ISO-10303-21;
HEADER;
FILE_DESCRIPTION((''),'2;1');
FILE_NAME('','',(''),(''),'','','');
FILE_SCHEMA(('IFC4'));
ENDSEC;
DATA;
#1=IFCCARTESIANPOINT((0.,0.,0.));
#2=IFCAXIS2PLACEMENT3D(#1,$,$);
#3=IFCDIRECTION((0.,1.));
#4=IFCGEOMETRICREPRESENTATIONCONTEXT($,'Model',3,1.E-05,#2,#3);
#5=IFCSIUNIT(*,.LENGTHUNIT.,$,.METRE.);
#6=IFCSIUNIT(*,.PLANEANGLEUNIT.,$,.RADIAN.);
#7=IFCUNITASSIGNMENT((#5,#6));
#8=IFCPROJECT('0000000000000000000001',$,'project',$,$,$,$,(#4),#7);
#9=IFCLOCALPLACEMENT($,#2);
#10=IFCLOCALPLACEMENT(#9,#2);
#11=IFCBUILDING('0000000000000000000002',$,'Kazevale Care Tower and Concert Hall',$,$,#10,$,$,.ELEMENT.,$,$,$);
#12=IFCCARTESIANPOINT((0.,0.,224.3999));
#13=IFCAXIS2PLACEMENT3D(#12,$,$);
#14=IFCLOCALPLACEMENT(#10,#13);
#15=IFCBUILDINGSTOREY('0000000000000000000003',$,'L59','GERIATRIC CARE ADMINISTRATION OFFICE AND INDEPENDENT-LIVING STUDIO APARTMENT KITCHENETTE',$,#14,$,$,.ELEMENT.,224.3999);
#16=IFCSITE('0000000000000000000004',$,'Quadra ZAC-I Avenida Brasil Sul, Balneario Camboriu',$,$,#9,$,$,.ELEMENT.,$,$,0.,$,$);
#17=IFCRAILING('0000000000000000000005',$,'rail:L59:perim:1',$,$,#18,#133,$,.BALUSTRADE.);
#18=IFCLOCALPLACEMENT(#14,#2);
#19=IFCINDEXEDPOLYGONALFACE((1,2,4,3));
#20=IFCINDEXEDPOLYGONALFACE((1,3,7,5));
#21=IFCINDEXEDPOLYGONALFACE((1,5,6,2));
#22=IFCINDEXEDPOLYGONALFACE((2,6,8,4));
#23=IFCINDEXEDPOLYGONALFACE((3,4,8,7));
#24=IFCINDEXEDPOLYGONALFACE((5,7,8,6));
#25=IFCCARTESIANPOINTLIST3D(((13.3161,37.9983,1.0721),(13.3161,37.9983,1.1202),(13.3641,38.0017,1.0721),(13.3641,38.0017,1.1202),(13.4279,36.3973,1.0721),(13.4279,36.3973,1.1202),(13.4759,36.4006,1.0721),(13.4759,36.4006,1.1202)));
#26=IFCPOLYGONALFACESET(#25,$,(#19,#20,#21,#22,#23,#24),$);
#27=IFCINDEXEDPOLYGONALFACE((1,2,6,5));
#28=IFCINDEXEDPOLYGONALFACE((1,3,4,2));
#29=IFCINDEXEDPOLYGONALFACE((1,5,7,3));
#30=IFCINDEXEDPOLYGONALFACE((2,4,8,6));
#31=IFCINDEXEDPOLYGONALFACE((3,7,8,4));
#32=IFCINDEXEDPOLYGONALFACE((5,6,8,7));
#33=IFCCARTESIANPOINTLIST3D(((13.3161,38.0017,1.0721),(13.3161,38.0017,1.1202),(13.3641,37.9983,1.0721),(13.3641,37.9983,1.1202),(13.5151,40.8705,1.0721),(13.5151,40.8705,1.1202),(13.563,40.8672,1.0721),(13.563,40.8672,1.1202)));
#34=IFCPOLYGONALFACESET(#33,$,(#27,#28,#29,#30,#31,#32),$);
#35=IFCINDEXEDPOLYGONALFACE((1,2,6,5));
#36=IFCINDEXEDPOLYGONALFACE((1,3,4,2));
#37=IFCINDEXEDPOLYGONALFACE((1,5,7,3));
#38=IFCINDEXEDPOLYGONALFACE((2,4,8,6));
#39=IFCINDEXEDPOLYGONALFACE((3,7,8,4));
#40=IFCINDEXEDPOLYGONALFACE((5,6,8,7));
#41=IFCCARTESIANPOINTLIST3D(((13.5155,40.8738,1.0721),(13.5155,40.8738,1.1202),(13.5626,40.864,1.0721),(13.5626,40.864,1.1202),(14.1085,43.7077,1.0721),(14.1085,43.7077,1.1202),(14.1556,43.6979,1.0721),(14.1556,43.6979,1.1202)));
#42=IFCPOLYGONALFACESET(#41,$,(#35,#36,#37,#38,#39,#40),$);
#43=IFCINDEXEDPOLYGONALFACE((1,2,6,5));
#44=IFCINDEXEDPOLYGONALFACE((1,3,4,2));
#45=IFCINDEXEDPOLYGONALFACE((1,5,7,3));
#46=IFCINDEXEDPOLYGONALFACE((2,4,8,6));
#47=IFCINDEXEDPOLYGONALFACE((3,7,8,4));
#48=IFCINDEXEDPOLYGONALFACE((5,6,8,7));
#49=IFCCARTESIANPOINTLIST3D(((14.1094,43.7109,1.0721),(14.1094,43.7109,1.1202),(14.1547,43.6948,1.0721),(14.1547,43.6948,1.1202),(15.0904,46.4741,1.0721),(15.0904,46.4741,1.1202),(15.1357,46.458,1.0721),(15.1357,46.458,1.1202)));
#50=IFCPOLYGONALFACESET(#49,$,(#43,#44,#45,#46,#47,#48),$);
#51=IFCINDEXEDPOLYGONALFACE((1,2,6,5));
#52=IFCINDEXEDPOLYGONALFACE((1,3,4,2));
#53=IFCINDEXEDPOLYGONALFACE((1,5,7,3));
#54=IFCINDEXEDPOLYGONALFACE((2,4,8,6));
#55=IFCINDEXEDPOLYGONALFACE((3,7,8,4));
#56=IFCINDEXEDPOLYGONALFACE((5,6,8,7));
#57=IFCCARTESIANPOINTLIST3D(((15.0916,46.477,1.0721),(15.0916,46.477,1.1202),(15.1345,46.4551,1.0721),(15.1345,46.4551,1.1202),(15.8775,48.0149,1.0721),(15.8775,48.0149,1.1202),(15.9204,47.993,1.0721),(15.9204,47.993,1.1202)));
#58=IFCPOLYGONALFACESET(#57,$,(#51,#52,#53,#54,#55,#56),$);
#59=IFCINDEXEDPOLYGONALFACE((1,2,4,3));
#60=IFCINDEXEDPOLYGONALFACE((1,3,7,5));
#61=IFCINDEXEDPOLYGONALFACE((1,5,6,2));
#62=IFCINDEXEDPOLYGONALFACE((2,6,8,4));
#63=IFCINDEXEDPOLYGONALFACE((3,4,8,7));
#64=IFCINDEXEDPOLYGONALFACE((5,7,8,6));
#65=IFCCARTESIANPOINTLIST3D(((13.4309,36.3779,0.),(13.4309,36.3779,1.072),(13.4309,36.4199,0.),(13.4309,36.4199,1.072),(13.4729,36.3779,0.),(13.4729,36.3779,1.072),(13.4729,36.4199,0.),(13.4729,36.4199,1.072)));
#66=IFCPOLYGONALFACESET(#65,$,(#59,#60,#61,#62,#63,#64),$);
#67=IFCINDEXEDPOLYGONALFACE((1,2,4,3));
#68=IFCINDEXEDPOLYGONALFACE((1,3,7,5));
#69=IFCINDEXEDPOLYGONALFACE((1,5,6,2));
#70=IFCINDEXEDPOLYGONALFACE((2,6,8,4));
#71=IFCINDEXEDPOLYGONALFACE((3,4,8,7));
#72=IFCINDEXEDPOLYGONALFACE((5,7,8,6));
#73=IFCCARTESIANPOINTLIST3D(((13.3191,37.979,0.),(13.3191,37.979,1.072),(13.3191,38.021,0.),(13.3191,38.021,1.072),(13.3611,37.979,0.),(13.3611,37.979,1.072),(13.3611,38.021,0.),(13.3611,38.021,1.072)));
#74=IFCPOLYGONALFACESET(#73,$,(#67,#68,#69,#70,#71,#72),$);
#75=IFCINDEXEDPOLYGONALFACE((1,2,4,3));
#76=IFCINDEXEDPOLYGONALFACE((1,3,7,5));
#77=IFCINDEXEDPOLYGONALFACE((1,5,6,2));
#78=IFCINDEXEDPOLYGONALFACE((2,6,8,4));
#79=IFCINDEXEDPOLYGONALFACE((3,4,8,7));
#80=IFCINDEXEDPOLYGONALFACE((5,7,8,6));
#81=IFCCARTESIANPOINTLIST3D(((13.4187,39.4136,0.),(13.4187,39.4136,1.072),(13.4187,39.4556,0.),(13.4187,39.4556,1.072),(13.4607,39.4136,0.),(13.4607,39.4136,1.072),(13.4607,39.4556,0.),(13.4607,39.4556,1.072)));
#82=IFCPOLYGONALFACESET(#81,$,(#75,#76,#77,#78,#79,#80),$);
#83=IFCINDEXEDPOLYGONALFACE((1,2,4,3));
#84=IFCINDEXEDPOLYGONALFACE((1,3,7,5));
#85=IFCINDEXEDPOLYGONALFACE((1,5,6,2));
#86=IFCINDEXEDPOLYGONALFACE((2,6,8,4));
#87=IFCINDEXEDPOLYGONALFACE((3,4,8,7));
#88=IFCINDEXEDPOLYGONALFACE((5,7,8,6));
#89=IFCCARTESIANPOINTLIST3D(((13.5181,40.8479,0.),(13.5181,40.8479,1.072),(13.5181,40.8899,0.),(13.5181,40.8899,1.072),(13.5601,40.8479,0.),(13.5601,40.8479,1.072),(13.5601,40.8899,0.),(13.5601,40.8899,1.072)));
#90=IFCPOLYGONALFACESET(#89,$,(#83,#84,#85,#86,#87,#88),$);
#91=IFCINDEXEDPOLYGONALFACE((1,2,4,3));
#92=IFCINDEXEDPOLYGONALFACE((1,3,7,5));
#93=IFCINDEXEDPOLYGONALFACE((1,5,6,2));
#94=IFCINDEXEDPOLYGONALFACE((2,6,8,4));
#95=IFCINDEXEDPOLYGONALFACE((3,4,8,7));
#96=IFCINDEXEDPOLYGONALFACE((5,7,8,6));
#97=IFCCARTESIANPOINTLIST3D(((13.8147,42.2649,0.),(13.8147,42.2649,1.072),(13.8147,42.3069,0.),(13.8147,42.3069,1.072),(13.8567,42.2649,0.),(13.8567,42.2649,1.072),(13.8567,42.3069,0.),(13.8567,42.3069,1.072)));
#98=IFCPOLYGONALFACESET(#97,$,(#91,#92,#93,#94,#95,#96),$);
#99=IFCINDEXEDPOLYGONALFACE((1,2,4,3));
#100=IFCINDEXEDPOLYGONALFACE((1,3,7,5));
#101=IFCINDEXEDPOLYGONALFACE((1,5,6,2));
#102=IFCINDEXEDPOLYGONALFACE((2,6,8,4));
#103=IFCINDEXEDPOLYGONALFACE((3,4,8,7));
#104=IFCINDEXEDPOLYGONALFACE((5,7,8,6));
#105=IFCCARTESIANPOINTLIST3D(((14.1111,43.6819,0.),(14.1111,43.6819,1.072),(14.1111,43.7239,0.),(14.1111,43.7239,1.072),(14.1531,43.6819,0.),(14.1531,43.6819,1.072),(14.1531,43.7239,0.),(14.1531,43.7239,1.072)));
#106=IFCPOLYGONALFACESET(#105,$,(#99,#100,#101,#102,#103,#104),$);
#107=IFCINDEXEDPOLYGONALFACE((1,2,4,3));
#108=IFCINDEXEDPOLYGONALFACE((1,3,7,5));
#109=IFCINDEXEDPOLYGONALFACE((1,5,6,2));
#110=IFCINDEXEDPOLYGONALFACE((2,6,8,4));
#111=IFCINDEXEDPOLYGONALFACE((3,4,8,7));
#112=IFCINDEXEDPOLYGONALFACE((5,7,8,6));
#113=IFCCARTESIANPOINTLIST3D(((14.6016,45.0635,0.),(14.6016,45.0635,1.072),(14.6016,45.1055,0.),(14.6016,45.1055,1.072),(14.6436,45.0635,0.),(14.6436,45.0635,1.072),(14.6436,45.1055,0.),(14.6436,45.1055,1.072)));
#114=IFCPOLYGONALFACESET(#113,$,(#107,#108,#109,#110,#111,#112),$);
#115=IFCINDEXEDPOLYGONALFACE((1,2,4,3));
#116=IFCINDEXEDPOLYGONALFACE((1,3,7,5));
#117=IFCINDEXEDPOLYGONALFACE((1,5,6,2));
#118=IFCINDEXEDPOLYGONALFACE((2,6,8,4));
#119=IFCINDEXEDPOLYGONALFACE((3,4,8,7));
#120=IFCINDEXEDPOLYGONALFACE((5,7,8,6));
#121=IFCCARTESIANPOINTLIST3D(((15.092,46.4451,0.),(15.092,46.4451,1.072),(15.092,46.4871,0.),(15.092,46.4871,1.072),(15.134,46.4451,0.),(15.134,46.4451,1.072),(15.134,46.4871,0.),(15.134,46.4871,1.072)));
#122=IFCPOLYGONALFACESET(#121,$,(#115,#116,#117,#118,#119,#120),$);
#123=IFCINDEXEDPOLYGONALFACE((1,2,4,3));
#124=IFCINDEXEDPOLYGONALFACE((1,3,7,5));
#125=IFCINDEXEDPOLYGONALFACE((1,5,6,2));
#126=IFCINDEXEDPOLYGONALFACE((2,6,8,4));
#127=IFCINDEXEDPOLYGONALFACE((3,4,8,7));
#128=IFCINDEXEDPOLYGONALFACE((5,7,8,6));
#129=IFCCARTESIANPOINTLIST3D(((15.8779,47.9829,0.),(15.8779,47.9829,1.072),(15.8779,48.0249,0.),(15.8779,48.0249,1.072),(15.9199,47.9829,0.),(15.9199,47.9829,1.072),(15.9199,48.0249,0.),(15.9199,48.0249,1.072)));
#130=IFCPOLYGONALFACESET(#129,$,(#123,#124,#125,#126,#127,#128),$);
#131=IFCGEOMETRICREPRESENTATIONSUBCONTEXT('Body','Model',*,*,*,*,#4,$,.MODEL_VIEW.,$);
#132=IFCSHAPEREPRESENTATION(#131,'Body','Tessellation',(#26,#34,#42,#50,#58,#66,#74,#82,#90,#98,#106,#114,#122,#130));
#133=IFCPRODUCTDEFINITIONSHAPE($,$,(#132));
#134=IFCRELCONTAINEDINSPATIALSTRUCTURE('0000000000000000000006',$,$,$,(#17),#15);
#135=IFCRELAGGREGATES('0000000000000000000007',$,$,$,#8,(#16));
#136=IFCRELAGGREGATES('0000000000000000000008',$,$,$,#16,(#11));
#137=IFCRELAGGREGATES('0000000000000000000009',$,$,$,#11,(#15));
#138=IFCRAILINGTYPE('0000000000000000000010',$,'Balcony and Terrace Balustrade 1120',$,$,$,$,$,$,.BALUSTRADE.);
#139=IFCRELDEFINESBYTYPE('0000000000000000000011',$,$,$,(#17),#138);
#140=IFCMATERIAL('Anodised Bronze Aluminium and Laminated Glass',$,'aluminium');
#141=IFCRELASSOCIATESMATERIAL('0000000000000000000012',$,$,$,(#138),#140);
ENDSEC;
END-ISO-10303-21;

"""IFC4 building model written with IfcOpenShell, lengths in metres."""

from ifc_helpers import new_model, si_unit, direction, frame, origin, origin_2d, place, context, subcontext, project, spatial, rectangle, extrude, material, type_object, element, save


model = new_model("IFC4")

# Units and contexts
model_context = context("Model", 3, precision=1e-05, world=origin(), true_north=direction((0.0, 1.0)))
body_context = subcontext(model_context, "Body", "Model", "MODEL_VIEW")
ifc_project = project(units=[si_unit("LENGTHUNIT", "METRE"), si_unit("PLANEANGLEUNIT", "RADIAN")], contexts=[model_context])

# Site, building, storey
site_placement = place(None, origin())
site = spatial("IfcSite", under=ifc_project, at=site_placement, Name="Quadra ZAC-I Avenida Brasil Sul, Balneario Camboriu", CompositionType="ELEMENT", RefElevation=0.0)
building_placement = place(site_placement, origin())
building = spatial("IfcBuilding", under=site, at=building_placement, Name="Kazevale Care Tower and Concert Hall", CompositionType="ELEMENT")
storey_placement = place(building_placement, frame((0.0, 0.0, 224.3999)))
storey = spatial("IfcBuildingStorey", under=building, at=storey_placement, Name="L59", Description="GERIATRIC CARE ADMINISTRATION OFFICE AND INDEPENDENT-LIVING STUDIO APARTMENT KITCHENETTE", CompositionType="ELEMENT", Elevation=224.3999)

# Railing
ifc_material_1 = material(Name="Anodised Bronze Aluminium and Laminated Glass", Category="aluminium")
railing_type = type_object("IfcRailingType", Name="Balcony and Terrace Balustrade 1120", PredefinedType="BALUSTRADE", material=ifc_material_1)
railing_placement = place(storey_placement, frame((13.4519, 36.3989, 0.0)))
element("IfcRailing", 1, at=railing_placement, inside=storey, type_object=railing_type, Name="rail:L59:perim:1", PredefinedType="BALUSTRADE", context=body_context, shape_type="SweptSolid", body=[
    extrude(rectangle(XDim=0.0481, YDim=0.0481, at=origin_2d()), frame((0.0, 0.0, 1.0962), z_axis=(-0.069669, 0.99757, 0.0), x_axis=(-0.99757, -0.069669, 0.0)), (0.0, 0.0, 1.0), 1.605),
    extrude(rectangle(XDim=0.0481, YDim=0.0481, at=origin_2d()), frame((-0.1118, 1.6011, 1.0962), z_axis=(0.06919, 0.997604, 0.0), x_axis=(-0.997604, 0.06919, 0.0)), (0.0, 0.0, 1.0), 2.8757),
    extrude(rectangle(XDim=0.0481, YDim=0.0481, at=origin_2d()), frame((0.0872, 4.47, 1.0962), z_axis=(0.204816, 0.9788, 0.0), x_axis=(-0.9788, 0.204816, 0.0)), (0.0, 0.0, 1.0), 2.8953),
    extrude(rectangle(XDim=0.0481, YDim=0.0481, at=origin_2d()), frame((0.6802, 7.304, 1.0962), z_axis=(0.334553, 0.942377, 0.0), x_axis=(-0.942377, 0.334553, 0.0)), (0.0, 0.0, 1.0), 2.9321),
    extrude(rectangle(XDim=0.0481, YDim=0.0481, at=origin_2d()), frame((1.6611, 10.0671, 1.0962), z_axis=(0.455056, 0.890463, 0.0), x_axis=(-0.890463, 0.455056, 0.0)), (0.0, 0.0, 1.0), 1.7271),
    extrude(rectangle(XDim=0.042, YDim=0.042, at=origin_2d()), origin(), (0.0, 0.0, 1.0), 1.072),
    extrude(rectangle(XDim=0.042, YDim=0.042, at=origin_2d()), frame((-0.1118, 1.6011, 0.0)), (0.0, 0.0, 1.0), 1.072),
    extrude(rectangle(XDim=0.042, YDim=0.042, at=origin_2d()), frame((-0.0122, 3.0356, 0.0)), (0.0, 0.0, 1.0), 1.072),
    extrude(rectangle(XDim=0.042, YDim=0.042, at=origin_2d()), frame((0.0872, 4.47, 0.0)), (0.0, 0.0, 1.0), 1.072),
    extrude(rectangle(XDim=0.042, YDim=0.042, at=origin_2d()), frame((0.3838, 5.887, 0.0)), (0.0, 0.0, 1.0), 1.072),
    extrude(rectangle(XDim=0.042, YDim=0.042, at=origin_2d()), frame((0.6802, 7.304, 0.0)), (0.0, 0.0, 1.0), 1.072),
    extrude(rectangle(XDim=0.042, YDim=0.042, at=origin_2d()), frame((1.1707, 8.6855, 0.0)), (0.0, 0.0, 1.0), 1.072),
    extrude(rectangle(XDim=0.042, YDim=0.042, at=origin_2d()), frame((1.6611, 10.0671, 0.0)), (0.0, 0.0, 1.0), 1.072),
    extrude(rectangle(XDim=0.042, YDim=0.042, at=origin_2d()), frame((2.447, 11.605, 0.0)), (0.0, 0.0, 1.0), 1.072),
])

save(model, "model.ifc")
